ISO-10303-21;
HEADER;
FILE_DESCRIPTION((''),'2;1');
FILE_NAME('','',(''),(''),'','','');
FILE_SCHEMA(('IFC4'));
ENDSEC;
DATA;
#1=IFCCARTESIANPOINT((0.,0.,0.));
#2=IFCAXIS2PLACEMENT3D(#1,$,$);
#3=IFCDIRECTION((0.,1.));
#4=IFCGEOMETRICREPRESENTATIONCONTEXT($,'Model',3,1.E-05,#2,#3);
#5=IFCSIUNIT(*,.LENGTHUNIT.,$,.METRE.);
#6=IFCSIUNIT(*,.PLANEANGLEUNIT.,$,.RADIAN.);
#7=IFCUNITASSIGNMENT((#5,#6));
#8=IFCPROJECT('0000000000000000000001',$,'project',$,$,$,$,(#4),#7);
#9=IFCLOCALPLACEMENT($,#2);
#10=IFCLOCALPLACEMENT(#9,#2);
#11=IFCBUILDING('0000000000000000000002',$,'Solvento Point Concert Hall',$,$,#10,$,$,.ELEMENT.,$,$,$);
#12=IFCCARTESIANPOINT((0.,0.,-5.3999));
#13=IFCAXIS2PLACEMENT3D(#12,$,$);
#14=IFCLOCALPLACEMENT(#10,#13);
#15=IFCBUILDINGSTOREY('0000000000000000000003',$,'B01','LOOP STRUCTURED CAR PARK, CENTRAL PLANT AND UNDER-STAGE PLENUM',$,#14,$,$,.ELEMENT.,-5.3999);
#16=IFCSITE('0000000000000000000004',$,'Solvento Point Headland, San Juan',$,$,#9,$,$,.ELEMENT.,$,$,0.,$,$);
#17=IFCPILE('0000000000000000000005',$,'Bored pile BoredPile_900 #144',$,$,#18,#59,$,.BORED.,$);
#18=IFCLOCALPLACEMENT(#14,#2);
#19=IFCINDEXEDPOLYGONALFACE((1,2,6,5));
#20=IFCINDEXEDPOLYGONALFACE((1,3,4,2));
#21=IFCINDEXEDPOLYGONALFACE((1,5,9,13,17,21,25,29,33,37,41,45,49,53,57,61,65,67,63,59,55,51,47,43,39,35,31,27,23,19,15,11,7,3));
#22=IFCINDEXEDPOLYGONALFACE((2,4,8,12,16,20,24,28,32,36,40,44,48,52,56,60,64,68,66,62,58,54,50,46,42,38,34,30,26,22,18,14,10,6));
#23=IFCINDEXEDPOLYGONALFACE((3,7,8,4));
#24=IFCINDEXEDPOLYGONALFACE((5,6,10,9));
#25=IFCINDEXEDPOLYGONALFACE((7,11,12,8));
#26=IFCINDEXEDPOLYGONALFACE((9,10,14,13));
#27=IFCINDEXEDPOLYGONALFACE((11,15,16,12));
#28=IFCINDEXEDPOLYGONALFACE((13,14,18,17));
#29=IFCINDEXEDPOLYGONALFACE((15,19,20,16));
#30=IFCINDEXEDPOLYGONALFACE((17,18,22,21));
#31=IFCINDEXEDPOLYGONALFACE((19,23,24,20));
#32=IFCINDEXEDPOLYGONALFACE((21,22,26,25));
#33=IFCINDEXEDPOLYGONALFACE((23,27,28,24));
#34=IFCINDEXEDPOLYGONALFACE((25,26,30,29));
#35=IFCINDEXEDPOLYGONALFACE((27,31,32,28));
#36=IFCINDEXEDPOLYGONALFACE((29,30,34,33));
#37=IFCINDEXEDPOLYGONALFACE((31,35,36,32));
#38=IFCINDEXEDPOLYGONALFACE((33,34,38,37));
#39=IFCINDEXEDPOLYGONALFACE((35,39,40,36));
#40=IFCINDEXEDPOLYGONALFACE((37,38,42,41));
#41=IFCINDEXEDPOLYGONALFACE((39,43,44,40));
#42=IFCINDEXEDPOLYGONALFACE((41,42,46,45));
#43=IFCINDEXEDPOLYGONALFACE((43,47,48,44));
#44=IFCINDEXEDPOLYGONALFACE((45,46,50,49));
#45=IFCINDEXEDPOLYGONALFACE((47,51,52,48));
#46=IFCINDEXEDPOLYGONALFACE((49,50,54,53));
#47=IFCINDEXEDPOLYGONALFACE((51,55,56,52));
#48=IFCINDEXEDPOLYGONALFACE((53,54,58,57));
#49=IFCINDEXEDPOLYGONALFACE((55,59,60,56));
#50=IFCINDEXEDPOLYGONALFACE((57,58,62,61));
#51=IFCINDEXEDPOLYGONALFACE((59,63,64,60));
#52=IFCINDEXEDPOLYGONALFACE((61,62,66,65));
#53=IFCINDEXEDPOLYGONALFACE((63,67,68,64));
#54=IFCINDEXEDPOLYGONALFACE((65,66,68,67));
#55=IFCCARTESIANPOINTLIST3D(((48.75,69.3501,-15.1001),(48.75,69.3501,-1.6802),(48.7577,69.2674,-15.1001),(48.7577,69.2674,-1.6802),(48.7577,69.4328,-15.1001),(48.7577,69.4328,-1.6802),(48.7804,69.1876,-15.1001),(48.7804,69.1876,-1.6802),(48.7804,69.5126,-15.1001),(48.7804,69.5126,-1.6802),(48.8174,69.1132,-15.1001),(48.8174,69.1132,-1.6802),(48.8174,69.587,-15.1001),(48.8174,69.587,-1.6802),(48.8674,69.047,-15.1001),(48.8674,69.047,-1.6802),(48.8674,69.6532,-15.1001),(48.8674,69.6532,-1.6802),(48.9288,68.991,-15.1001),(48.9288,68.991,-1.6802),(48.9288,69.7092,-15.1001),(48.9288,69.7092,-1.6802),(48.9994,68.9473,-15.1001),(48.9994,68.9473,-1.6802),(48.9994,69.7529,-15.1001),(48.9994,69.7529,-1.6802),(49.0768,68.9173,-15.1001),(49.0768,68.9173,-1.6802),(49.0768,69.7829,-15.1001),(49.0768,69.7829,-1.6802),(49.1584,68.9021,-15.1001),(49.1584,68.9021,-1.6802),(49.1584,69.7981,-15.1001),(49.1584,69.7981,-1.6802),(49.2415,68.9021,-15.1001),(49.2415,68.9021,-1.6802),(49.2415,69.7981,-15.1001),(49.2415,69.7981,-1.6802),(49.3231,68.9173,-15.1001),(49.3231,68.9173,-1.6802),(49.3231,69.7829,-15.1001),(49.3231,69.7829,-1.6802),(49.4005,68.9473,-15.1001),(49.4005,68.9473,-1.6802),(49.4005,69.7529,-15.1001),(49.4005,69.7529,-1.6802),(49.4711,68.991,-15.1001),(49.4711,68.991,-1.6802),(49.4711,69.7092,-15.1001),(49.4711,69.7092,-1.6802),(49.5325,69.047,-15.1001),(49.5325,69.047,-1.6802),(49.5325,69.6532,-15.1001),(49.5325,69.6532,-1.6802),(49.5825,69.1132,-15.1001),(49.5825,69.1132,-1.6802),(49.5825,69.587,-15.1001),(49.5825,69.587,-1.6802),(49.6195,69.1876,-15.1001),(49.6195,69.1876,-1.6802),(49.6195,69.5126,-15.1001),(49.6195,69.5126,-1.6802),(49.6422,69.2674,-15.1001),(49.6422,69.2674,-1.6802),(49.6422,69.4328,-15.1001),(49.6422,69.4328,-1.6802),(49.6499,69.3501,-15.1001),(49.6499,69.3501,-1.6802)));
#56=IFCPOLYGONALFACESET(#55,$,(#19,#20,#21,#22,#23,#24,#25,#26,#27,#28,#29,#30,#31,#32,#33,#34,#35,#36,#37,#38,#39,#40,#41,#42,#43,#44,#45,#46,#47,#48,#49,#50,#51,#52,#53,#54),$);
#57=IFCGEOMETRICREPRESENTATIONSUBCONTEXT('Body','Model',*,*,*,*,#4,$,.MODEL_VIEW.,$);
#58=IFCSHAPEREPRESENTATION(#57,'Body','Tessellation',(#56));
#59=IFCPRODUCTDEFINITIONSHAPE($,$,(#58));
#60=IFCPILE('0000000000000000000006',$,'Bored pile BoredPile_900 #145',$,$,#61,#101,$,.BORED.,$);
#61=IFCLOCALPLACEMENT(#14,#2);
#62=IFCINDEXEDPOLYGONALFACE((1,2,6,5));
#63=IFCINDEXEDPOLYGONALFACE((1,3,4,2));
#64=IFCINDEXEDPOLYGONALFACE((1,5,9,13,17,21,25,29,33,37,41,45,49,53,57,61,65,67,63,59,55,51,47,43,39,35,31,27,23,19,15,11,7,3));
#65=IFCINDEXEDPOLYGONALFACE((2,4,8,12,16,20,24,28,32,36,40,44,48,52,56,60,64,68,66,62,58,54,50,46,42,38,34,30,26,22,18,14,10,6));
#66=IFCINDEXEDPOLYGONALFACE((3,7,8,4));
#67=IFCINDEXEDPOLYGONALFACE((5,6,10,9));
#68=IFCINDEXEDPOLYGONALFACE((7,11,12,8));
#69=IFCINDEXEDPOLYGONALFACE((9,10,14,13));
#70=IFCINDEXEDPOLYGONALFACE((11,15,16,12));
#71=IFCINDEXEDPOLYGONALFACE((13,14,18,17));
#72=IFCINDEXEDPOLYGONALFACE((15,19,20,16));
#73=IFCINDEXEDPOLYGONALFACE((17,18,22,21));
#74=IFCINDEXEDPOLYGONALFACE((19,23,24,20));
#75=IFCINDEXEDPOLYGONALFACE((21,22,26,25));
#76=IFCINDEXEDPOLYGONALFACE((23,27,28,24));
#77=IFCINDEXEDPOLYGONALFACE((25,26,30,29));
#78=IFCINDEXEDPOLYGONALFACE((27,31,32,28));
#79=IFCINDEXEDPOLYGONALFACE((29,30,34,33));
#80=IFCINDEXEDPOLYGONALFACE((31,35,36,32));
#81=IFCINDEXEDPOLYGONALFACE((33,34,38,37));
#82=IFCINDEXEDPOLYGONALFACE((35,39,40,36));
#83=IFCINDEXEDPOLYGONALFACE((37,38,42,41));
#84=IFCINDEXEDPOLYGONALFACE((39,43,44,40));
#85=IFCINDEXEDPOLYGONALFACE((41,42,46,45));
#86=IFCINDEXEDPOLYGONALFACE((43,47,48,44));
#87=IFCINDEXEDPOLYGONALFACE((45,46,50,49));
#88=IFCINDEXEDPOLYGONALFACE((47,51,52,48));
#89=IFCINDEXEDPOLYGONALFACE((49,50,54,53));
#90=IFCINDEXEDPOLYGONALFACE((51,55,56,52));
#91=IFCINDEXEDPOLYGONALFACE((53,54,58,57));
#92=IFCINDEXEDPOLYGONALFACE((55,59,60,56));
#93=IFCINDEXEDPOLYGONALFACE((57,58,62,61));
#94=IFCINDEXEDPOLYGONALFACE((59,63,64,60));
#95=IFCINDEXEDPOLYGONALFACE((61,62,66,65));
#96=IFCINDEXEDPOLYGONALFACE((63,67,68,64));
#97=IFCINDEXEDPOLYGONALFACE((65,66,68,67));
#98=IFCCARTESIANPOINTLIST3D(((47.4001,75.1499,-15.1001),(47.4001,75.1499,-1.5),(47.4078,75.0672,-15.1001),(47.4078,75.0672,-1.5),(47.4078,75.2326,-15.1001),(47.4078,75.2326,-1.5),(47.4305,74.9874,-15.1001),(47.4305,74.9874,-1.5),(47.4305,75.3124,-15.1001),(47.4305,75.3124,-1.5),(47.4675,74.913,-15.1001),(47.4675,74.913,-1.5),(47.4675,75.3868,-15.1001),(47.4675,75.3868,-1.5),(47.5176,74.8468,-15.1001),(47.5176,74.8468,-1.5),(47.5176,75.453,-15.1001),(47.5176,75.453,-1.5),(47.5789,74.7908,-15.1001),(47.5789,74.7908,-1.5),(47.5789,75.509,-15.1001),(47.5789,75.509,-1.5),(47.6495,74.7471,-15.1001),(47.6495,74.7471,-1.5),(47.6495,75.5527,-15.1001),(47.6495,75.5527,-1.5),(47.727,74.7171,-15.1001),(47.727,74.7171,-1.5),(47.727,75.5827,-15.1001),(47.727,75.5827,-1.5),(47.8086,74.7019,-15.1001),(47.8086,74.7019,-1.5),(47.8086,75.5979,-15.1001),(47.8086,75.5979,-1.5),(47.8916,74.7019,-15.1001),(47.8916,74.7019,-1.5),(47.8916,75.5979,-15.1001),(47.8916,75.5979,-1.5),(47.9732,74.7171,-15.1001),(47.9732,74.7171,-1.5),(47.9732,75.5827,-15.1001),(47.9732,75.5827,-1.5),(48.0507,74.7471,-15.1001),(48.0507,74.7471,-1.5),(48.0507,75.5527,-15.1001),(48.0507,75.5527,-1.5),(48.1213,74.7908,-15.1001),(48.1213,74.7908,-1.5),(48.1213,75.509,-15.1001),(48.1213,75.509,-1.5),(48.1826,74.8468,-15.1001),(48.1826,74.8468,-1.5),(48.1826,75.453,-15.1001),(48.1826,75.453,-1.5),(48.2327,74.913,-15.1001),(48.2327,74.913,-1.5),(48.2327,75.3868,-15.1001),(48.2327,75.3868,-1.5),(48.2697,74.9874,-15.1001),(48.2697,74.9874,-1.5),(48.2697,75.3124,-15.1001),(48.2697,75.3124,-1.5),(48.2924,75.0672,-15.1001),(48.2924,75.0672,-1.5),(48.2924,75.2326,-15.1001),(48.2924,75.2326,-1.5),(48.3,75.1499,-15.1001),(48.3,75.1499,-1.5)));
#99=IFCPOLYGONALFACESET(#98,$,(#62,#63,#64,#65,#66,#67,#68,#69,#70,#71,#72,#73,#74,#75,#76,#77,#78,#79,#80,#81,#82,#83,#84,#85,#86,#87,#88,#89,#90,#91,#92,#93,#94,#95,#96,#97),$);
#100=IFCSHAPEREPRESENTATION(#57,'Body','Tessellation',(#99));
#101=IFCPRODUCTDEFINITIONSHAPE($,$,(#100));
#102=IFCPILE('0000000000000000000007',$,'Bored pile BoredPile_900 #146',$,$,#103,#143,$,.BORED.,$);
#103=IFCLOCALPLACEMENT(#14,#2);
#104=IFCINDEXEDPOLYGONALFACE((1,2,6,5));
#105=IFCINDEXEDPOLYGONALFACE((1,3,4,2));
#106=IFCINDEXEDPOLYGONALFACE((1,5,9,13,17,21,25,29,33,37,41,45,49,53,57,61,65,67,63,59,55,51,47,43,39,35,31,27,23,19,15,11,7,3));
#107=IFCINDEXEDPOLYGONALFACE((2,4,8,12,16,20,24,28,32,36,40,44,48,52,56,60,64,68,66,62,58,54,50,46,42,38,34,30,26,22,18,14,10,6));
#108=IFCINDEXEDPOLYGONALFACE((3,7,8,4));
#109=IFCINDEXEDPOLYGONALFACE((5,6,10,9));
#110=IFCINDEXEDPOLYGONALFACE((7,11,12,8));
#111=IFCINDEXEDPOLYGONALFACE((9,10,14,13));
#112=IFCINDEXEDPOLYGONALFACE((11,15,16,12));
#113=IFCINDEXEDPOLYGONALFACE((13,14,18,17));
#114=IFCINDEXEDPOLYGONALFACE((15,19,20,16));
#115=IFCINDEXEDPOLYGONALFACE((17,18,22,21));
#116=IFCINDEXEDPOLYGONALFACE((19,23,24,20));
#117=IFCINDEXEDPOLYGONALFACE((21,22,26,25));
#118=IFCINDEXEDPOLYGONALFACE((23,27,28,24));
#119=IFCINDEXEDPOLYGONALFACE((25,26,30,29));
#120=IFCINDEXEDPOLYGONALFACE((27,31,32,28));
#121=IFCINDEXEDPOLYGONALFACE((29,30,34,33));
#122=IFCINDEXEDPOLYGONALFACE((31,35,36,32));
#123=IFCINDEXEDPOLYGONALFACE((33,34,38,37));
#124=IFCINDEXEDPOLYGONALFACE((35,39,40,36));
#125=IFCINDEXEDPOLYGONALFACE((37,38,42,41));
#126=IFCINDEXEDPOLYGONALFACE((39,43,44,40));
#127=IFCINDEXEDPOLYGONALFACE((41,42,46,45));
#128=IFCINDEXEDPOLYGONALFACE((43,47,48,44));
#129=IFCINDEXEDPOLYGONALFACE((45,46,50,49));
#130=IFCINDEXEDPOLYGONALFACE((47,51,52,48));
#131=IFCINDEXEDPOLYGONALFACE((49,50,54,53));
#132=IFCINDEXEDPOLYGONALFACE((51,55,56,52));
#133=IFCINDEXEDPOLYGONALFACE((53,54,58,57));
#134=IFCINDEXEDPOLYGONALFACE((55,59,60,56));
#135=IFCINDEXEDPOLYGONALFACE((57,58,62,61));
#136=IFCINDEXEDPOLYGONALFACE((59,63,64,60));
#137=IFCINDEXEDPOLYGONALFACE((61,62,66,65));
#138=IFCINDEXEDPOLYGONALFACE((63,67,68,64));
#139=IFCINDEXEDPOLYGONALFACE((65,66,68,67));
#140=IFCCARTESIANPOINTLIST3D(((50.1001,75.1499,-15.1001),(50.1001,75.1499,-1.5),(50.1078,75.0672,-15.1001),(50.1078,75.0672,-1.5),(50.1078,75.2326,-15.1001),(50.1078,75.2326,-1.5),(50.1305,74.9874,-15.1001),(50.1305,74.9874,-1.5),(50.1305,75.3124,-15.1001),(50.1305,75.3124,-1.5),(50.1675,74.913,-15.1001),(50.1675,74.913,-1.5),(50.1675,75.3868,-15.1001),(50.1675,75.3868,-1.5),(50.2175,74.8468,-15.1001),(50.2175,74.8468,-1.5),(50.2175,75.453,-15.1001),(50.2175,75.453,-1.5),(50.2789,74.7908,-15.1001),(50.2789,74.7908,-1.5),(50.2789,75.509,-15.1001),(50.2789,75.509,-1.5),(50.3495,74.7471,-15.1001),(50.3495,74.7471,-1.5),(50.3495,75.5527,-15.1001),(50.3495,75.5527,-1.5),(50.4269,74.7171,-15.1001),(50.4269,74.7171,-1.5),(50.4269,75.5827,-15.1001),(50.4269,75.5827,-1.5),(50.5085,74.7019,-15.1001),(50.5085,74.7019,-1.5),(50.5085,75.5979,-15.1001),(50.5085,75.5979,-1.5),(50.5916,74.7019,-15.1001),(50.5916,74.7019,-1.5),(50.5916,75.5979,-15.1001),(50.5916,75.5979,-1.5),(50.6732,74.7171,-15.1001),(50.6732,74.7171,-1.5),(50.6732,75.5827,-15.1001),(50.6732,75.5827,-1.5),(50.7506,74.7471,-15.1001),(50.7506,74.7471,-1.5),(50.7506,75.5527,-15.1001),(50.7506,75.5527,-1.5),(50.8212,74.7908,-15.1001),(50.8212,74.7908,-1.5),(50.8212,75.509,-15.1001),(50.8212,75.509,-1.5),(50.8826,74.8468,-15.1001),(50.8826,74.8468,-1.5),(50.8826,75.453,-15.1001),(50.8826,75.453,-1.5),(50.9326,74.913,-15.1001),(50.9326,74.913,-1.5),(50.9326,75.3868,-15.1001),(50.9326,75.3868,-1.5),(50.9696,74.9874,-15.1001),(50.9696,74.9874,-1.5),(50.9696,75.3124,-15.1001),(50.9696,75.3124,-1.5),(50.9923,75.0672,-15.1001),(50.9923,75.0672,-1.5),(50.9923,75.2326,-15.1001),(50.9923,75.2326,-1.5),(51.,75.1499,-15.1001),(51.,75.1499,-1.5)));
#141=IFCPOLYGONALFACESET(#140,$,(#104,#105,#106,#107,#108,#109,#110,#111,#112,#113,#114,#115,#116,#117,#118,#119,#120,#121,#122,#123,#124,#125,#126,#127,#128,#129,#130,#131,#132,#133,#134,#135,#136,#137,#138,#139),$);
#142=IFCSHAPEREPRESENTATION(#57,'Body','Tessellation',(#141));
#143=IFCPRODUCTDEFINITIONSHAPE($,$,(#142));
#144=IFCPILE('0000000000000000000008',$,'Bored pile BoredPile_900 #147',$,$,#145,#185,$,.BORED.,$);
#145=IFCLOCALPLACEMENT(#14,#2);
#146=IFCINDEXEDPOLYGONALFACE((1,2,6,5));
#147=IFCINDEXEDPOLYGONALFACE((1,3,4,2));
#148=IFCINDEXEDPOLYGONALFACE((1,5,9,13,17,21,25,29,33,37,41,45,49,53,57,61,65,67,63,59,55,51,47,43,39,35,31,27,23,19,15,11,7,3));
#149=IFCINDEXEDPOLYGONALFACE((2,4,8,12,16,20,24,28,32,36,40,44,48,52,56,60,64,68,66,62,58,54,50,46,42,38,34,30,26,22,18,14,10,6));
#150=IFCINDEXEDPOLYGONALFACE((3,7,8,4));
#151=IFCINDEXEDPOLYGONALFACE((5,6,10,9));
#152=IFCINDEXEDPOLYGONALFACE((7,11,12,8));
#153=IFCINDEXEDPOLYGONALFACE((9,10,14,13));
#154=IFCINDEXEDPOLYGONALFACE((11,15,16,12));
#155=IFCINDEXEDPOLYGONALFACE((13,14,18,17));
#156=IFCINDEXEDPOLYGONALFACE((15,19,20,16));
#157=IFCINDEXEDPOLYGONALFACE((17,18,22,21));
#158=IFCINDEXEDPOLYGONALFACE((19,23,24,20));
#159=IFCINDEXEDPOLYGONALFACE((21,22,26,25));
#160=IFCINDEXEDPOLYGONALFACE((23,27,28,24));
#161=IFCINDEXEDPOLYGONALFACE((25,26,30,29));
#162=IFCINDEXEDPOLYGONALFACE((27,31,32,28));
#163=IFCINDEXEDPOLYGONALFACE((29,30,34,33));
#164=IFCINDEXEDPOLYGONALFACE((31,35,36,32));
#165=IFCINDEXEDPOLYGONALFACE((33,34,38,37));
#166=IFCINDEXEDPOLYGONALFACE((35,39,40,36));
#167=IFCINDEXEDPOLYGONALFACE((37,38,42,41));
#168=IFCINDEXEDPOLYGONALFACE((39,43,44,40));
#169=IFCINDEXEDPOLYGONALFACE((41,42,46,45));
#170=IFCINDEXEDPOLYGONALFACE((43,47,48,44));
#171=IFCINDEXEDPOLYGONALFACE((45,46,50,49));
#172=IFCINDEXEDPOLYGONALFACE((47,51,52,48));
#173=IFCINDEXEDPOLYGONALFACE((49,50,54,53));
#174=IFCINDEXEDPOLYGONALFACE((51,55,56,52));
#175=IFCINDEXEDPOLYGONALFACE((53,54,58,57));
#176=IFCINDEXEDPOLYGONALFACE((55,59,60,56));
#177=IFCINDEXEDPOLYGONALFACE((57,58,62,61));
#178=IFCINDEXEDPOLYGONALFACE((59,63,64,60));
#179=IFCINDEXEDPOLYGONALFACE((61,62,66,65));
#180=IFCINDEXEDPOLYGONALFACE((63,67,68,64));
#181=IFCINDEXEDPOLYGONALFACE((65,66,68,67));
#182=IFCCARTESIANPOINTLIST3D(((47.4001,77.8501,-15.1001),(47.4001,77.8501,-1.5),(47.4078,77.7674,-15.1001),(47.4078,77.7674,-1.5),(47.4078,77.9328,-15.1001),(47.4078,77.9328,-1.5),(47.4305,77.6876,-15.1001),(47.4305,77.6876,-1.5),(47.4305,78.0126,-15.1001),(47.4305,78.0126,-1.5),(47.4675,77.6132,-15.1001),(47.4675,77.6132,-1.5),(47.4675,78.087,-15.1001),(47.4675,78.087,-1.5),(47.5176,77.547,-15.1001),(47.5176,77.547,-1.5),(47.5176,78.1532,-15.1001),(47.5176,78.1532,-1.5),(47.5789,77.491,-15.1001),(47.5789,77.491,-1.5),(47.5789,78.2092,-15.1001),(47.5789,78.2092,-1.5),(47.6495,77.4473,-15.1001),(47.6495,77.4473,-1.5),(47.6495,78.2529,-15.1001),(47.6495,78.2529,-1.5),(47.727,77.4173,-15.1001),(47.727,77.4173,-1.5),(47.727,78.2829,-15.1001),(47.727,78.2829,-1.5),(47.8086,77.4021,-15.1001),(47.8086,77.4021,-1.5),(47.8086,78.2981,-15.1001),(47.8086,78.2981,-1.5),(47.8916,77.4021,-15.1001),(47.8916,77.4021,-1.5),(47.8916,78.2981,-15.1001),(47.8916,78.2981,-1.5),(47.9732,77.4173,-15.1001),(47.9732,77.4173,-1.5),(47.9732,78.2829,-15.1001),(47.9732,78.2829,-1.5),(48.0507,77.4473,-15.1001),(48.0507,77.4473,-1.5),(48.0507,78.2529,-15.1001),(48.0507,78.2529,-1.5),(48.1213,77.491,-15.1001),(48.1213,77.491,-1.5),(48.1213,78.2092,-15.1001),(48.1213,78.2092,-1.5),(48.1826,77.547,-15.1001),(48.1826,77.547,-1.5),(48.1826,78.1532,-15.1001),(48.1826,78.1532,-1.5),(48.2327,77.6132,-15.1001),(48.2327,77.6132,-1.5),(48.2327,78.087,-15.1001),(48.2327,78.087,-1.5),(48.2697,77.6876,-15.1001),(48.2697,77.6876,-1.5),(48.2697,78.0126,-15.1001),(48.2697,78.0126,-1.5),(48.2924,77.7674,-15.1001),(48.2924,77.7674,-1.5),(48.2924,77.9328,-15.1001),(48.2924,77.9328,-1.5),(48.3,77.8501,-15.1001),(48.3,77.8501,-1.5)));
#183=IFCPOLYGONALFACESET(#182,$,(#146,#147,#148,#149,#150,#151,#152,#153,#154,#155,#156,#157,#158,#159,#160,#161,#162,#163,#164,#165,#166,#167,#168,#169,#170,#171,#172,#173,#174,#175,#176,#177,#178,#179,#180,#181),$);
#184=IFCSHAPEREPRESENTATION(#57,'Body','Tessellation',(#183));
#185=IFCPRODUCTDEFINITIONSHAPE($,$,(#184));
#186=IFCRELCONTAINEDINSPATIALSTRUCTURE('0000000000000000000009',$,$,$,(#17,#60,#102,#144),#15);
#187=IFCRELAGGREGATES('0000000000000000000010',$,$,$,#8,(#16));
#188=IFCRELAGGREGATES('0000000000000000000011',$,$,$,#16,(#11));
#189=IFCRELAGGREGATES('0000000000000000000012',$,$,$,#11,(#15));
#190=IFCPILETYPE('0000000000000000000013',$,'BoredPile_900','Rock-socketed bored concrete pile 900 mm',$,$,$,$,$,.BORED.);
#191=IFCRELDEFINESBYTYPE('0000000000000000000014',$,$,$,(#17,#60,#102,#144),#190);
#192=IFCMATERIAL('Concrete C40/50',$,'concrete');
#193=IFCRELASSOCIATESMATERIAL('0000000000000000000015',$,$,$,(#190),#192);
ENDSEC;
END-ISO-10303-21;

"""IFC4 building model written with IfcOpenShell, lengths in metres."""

from ifc_helpers import new_model, si_unit, direction, frame, origin, origin_2d, place, context, subcontext, project, spatial, circle, extrude, material, material_profile, profile_set, type_object, element, save


model = new_model("IFC4")

# Units and contexts
model_context = context("Model", 3, precision=1e-05, world=origin(), true_north=direction((0.0, 1.0)))
body_context = subcontext(model_context, "Body", "Model", "MODEL_VIEW")
ifc_project = project(units=[si_unit("LENGTHUNIT", "METRE"), si_unit("PLANEANGLEUNIT", "RADIAN")], contexts=[model_context])

# Site, building, storey
site_placement = place(None, origin())
site = spatial("IfcSite", under=ifc_project, at=site_placement, Name="Solvento Point Headland, San Juan", CompositionType="ELEMENT", RefElevation=0.0)
building_placement = place(site_placement, origin())
building = spatial("IfcBuilding", under=site, at=building_placement, Name="Solvento Point Concert Hall", CompositionType="ELEMENT")
storey_placement = place(building_placement, frame((0.0, 0.0, -5.3999)))
storey = spatial("IfcBuildingStorey", under=building, at=storey_placement, Name="B01", Description="LOOP STRUCTURED CAR PARK, CENTRAL PLANT AND UNDER-STAGE PLENUM", CompositionType="ELEMENT", Elevation=-5.3999)

# Piles
ifc_material_1 = material(Name="Concrete C40/50", Category="concrete")
ifc_material_profile_1 = material_profile(ifc_material_1, circle(Radius=0.45, at=origin_2d()), Name="BP-900")
ifc_profile_set_1 = profile_set([ifc_material_profile_1], Name="Concrete C40/50")
pile_type_1 = type_object("IfcPileType", Name="BoredPile_900", Description="Rock-socketed bored concrete pile 900 mm", PredefinedType="BORED", material=ifc_profile_set_1)
pile_1_placement = place(storey_placement, frame((49.2, 69.3501, -1.6802), z_axis=(0.0, 0.0, -1.0), x_axis=(1.0, 0.0, 0.0)))
element("IfcPile", 1, at=pile_1_placement, inside=storey, type_object=pile_type_1, Name="Bored pile BoredPile_900 #144", PredefinedType="BORED", context=body_context, shape_type="SweptSolid", body=[
    extrude(circle(Radius=0.45, at=origin_2d()), origin(), (0.0, 0.0, 1.0), 13.4199),
])
for number, where, z_axis, x_axis, name in (
    (2, (47.8501, 75.1499, -1.5), (0.0, 0.0, -1.0), (1.0, 0.0, 0.0), "Bored pile BoredPile_900 #145"),
    (3, (50.55, 75.1499, -1.5), (0.0, 0.0, -1.0), (1.0, 0.0, 0.0), "Bored pile BoredPile_900 #146"),
    (4, (47.8501, 77.8501, -1.5), (0.0, 0.0, -1.0), (1.0, 0.0, 0.0), "Bored pile BoredPile_900 #147"),
):
    element("IfcPile", number, at=place(storey_placement, frame(where, z_axis=z_axis, x_axis=x_axis)), inside=storey, type_object=pile_type_1, Name=name, PredefinedType="BORED", context=body_context, shape_type="SweptSolid", body=[
        extrude(circle(Radius=0.45, at=origin_2d()), origin(), (0.0, 0.0, 1.0), 13.6001),
    ])

save(model, "model.ifc")
